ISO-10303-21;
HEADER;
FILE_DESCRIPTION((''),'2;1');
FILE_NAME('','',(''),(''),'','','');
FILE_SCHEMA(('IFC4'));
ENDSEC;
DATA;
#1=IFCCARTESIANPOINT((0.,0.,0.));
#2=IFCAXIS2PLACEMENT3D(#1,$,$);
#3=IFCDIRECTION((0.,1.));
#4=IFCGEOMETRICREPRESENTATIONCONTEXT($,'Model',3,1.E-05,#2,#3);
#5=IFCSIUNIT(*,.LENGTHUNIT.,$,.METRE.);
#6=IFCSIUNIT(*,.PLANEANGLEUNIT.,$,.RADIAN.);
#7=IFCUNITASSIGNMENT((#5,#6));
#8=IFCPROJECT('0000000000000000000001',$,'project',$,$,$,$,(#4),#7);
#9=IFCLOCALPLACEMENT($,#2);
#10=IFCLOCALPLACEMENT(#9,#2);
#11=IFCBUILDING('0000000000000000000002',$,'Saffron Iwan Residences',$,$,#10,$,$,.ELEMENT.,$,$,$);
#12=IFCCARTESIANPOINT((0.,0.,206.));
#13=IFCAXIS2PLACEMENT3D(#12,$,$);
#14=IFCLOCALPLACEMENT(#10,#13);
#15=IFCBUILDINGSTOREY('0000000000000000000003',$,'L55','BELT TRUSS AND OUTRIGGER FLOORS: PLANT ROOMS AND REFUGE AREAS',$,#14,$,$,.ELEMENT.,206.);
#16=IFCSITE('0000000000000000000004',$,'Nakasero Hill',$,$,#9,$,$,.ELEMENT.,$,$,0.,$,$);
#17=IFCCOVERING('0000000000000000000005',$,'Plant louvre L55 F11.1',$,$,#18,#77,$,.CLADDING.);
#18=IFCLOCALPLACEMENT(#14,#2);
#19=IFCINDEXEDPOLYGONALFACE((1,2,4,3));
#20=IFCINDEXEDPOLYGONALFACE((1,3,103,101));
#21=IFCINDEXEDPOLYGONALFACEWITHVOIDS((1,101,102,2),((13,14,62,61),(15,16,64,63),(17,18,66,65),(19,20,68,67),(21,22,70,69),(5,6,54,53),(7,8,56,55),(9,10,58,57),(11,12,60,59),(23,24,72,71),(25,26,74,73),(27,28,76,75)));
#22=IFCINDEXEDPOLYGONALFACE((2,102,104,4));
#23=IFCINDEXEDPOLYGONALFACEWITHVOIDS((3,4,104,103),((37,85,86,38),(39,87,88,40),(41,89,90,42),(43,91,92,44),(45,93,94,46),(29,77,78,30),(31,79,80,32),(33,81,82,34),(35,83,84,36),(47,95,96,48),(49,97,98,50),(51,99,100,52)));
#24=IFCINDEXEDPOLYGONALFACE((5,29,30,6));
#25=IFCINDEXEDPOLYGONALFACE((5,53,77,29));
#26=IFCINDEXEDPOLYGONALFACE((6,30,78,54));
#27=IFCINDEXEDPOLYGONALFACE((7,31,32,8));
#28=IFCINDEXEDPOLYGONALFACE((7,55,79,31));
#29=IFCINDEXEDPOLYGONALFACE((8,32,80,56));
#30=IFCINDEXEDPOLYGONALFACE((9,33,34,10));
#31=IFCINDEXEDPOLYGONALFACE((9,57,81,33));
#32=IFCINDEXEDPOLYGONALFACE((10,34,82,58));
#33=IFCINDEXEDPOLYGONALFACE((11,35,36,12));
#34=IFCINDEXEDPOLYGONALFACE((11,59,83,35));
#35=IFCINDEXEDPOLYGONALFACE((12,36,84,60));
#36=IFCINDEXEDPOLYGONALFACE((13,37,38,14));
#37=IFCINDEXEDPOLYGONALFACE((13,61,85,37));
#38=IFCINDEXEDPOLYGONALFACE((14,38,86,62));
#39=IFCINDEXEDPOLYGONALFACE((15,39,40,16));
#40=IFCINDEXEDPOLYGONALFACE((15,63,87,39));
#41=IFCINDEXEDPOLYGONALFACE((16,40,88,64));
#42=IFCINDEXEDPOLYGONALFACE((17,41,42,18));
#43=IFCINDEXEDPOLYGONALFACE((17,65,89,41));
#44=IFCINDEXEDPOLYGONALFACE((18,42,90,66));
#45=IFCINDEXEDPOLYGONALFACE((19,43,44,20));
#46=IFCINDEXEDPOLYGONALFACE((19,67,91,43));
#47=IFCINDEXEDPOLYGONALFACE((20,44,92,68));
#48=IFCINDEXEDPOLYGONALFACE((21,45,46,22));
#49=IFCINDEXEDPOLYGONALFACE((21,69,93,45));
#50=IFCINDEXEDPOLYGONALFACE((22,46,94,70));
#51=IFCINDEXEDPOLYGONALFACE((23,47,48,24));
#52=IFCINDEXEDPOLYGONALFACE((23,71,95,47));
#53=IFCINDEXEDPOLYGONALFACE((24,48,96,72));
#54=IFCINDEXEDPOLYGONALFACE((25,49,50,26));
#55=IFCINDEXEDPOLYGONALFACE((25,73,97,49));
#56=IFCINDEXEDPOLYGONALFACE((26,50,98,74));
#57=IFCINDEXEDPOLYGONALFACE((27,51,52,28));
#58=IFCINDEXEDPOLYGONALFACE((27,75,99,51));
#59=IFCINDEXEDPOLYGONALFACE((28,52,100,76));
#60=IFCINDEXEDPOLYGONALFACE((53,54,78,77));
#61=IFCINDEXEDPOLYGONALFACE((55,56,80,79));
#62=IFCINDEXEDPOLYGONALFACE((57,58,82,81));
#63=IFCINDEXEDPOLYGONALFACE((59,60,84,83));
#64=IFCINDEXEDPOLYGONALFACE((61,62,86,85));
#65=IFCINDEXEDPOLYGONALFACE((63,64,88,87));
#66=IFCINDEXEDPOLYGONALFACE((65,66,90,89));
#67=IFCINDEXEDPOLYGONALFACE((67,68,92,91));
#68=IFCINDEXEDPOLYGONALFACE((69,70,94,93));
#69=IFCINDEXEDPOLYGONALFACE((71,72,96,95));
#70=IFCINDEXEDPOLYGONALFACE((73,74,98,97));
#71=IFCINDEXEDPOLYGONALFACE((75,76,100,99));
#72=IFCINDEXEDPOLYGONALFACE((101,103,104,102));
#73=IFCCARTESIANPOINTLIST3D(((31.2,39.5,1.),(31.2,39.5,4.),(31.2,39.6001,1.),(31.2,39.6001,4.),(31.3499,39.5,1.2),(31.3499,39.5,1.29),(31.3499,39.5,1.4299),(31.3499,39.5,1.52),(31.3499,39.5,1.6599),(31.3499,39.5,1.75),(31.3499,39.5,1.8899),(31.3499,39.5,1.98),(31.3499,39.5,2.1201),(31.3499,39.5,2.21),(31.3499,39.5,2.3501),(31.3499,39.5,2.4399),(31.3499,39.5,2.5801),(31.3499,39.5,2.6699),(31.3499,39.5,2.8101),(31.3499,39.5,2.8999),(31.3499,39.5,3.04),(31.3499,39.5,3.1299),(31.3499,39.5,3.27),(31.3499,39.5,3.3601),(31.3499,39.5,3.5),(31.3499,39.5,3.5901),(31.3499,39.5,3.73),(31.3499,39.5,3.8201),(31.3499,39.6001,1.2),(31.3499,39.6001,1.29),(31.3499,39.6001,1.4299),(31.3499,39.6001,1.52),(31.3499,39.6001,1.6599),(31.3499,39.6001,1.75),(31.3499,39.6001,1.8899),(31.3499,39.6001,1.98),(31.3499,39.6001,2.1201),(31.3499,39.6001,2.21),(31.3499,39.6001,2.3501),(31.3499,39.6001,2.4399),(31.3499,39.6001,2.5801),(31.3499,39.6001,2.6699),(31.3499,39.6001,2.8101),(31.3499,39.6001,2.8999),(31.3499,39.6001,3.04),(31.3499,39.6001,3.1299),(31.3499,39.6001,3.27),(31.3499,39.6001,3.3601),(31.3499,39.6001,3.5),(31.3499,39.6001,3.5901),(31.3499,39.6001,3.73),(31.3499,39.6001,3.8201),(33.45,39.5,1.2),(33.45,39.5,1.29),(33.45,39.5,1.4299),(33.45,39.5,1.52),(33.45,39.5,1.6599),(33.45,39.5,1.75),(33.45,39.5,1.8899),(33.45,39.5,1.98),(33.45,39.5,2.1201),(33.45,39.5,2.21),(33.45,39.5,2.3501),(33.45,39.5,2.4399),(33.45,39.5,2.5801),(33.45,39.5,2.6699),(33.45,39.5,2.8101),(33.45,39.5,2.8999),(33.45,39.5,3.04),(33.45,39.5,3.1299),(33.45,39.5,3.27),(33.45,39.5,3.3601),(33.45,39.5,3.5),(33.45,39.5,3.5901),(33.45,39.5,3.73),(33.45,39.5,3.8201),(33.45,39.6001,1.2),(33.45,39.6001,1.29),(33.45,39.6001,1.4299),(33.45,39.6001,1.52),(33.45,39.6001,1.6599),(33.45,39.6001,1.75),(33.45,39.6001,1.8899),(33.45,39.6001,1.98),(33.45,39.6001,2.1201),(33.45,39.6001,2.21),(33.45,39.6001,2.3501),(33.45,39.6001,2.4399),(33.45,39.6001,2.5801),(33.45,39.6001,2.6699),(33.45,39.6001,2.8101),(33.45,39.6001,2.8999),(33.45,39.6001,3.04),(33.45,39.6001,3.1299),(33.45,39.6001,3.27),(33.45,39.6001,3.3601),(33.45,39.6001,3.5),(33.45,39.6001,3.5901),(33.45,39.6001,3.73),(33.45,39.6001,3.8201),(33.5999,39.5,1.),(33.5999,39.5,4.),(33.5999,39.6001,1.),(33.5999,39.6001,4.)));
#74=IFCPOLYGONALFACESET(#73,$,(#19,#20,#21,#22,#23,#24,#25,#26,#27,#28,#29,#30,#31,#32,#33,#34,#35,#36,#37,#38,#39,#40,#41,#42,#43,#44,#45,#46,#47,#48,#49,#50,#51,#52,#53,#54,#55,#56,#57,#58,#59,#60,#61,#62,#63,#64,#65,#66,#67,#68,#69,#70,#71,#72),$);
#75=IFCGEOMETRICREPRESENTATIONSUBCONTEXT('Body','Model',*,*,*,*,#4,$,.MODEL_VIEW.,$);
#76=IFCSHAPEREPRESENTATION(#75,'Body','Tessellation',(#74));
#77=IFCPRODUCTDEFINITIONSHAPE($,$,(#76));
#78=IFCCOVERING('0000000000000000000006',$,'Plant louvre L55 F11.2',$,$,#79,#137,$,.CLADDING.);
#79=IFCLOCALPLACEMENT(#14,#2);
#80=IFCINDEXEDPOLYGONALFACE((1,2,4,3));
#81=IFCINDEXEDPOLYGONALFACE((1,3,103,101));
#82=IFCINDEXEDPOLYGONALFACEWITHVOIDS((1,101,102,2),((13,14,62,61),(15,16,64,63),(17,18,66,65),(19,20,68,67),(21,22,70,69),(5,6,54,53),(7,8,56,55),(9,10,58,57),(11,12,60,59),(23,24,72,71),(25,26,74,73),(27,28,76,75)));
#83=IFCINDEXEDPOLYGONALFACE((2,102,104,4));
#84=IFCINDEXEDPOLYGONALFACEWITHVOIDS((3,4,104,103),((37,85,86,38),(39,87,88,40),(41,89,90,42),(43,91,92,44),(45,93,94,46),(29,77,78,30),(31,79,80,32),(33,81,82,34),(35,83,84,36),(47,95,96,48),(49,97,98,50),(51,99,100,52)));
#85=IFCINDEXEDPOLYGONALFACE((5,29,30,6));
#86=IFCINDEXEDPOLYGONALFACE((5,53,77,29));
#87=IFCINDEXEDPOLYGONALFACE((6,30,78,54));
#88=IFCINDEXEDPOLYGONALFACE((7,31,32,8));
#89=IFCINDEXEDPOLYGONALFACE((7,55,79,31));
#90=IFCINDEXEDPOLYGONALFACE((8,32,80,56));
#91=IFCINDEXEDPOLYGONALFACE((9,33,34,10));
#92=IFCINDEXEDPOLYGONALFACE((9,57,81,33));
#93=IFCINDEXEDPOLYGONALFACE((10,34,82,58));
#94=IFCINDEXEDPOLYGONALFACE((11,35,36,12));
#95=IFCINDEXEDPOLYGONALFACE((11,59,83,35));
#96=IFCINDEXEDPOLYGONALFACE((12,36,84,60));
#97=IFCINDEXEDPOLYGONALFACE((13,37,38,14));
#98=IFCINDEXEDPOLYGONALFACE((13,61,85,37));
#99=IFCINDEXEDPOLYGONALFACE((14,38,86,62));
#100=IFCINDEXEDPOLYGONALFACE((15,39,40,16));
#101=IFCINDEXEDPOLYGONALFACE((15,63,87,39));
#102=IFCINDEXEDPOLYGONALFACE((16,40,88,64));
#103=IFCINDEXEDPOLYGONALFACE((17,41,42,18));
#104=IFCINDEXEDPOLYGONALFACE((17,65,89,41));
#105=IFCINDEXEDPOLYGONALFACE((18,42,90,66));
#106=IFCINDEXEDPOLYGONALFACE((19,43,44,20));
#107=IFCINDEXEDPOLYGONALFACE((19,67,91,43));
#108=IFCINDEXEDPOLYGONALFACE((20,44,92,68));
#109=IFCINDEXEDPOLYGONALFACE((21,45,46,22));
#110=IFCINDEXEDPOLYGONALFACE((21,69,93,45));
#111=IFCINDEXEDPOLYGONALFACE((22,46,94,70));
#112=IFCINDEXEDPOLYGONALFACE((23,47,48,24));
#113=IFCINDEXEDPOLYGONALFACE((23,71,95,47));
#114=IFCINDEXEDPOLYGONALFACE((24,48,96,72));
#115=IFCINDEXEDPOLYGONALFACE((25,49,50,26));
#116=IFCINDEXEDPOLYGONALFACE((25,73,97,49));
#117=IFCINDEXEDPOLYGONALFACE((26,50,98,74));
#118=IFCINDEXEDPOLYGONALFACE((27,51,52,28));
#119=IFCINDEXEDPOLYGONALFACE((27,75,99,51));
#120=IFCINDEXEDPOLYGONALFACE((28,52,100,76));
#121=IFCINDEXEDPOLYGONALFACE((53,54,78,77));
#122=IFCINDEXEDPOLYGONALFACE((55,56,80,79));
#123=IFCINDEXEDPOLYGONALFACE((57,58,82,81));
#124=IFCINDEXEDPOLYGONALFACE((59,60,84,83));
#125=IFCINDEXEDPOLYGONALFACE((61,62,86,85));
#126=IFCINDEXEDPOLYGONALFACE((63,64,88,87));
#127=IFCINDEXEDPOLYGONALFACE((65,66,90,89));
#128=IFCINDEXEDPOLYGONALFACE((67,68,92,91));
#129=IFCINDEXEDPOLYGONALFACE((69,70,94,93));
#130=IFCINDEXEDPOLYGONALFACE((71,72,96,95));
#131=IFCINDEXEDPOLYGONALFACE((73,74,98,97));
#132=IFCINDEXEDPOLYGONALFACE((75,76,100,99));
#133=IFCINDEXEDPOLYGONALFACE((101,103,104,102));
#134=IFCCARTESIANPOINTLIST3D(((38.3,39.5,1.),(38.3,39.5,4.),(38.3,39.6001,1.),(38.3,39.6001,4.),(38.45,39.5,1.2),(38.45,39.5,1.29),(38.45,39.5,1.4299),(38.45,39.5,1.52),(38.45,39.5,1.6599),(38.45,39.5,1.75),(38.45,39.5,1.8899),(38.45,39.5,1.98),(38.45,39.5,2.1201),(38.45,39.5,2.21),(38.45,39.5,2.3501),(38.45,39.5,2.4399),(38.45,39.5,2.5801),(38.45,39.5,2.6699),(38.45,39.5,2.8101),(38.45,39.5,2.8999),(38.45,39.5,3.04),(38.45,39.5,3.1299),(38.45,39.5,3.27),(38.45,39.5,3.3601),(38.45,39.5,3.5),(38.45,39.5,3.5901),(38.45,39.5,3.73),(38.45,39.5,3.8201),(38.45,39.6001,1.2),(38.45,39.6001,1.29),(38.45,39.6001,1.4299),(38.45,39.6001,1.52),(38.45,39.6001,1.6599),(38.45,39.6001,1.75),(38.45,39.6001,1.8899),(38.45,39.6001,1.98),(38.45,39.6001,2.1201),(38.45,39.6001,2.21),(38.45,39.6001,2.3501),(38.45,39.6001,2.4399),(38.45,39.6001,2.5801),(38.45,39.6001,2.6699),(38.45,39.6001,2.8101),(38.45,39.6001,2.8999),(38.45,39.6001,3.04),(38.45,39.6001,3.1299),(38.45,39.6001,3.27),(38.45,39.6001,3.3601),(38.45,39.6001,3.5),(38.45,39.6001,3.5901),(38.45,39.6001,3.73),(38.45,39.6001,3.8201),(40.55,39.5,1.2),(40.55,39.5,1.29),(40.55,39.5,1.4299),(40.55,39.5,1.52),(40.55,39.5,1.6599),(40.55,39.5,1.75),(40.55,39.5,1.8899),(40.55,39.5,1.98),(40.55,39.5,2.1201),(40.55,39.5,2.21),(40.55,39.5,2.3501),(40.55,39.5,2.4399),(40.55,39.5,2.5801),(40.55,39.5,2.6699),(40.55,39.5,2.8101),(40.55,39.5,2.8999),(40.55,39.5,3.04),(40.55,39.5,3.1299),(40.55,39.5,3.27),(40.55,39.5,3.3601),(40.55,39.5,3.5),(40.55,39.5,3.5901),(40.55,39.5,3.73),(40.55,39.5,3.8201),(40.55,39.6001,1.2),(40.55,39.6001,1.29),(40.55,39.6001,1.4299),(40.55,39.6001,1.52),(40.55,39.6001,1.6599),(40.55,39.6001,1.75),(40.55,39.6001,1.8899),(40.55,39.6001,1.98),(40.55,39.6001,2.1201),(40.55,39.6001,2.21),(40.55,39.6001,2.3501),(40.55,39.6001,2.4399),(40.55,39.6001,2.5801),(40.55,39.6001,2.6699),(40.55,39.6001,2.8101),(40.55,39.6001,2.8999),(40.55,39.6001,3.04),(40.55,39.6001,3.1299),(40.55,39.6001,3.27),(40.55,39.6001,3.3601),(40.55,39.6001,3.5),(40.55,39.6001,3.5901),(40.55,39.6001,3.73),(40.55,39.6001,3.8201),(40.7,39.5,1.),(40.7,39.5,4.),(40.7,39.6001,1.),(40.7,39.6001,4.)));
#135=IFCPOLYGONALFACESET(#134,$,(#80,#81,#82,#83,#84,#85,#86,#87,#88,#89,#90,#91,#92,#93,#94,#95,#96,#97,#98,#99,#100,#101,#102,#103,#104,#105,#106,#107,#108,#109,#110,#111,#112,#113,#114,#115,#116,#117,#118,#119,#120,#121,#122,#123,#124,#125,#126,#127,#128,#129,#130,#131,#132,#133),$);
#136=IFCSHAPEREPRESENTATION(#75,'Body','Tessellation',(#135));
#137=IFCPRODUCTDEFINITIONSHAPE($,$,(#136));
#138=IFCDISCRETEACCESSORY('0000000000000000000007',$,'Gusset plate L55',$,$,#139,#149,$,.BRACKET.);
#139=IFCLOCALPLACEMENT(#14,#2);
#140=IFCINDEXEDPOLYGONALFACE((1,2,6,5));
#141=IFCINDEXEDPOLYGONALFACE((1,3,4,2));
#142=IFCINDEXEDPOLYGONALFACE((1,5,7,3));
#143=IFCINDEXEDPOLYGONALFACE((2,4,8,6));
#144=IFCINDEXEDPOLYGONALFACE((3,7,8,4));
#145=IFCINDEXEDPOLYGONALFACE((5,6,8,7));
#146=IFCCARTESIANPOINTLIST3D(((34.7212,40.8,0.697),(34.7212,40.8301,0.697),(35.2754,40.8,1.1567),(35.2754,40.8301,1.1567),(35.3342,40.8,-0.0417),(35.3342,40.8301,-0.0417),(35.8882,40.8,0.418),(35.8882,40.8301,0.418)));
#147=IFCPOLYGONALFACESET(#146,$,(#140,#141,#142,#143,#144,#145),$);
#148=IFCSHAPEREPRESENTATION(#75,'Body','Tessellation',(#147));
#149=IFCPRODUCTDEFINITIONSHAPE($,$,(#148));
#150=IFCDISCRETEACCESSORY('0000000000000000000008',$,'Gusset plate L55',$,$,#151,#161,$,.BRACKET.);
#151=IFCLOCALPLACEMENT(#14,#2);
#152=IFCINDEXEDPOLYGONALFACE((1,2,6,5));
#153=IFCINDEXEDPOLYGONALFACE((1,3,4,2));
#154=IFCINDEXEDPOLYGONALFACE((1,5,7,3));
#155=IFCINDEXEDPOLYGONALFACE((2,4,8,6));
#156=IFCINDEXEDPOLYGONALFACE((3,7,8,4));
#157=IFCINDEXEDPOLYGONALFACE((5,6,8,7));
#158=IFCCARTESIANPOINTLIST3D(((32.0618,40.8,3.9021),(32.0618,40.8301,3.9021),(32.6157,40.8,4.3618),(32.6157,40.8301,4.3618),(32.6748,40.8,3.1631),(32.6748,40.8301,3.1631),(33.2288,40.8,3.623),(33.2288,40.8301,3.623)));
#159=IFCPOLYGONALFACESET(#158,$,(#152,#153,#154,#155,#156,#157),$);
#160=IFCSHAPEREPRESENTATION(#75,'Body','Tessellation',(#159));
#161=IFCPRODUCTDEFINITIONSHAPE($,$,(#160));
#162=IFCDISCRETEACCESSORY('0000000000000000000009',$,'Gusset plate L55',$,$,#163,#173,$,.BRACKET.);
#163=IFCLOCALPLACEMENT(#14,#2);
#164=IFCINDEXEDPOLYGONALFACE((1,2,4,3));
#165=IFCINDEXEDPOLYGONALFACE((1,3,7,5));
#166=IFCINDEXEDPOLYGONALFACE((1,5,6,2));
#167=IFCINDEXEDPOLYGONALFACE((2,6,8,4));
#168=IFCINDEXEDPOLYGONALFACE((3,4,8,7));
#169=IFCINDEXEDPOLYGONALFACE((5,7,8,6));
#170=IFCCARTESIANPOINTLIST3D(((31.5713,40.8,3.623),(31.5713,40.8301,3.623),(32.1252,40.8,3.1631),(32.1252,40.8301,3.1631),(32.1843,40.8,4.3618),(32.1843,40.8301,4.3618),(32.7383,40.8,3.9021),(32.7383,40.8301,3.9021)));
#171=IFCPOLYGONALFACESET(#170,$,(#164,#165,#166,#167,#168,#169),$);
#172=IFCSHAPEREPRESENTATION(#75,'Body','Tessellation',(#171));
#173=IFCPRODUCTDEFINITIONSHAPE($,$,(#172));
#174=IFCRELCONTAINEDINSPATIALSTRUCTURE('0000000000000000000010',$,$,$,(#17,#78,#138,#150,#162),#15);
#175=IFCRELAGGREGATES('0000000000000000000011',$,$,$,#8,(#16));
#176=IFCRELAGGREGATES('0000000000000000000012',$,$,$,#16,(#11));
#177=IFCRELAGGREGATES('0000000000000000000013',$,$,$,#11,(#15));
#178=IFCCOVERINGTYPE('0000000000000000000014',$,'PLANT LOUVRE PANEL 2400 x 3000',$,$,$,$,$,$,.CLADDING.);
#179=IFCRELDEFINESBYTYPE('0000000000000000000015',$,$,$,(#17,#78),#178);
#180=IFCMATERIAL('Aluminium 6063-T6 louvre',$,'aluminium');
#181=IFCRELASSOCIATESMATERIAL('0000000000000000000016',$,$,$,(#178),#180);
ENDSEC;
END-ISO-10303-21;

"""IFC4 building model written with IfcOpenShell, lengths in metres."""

from ifc_helpers import new_model, si_unit, direction, frame, origin, place, context, subcontext, project, spatial, polyline, outline, extrude, material, type_object, element, save


model = new_model("IFC4")

# Units and contexts
model_context = context("Model", 3, precision=1e-05, world=origin(), true_north=direction((0.0, 1.0)))
body_context = subcontext(model_context, "Body", "Model", "MODEL_VIEW")
ifc_project = project(units=[si_unit("LENGTHUNIT", "METRE"), si_unit("PLANEANGLEUNIT", "RADIAN")], contexts=[model_context])

# Site, building, storey
site_placement = place(None, origin())
site = spatial("IfcSite", under=ifc_project, at=site_placement, Name="Nakasero Hill", CompositionType="ELEMENT", RefElevation=0.0)
building_placement = place(site_placement, origin())
building = spatial("IfcBuilding", under=site, at=building_placement, Name="Saffron Iwan Residences", CompositionType="ELEMENT")
storey_placement = place(building_placement, frame((0.0, 0.0, 206.0)))
storey = spatial("IfcBuildingStorey", under=building, at=storey_placement, Name="L55", Description="BELT TRUSS AND OUTRIGGER FLOORS: PLANT ROOMS AND REFUGE AREAS", CompositionType="ELEMENT", Elevation=206.0)

# Coverings
ifc_material_1 = material(Name="Aluminium 6063-T6 louvre", Category="aluminium")
covering_type_1 = type_object("IfcCoveringType", Name="PLANT LOUVRE PANEL 2400 x 3000", PredefinedType="CLADDING", material=ifc_material_1)
covering_1_placement = place(storey_placement, frame((31.2, 39.6001, 1.0), z_axis=(0.0, -1.0, 0.0), x_axis=(1.0, 0.0, 0.0)))
element("IfcCovering", 1, at=covering_1_placement, inside=storey, type_object=covering_type_1, Name="Plant louvre L55 F11.1", PredefinedType="CLADDING", context=body_context, shape_type="SweptSolid", body=[
    extrude(outline(polyline([(0.0, 0.0), (2.3999, 0.0), (2.3999, 3.0), (0.0, 3.0), (0.0, 0.0)]), holes=[polyline([(0.1499, 0.2), (2.25, 0.2), (2.25, 0.29), (0.1499, 0.29), (0.1499, 0.2)]), polyline([(0.1499, 0.4299), (2.25, 0.4299), (2.25, 0.52), (0.1499, 0.52), (0.1499, 0.4299)]), polyline([(0.1499, 0.6599), (2.25, 0.6599), (2.25, 0.75), (0.1499, 0.75), (0.1499, 0.6599)]), polyline([(0.1499, 0.8899), (2.25, 0.8899), (2.25, 0.98), (0.1499, 0.98), (0.1499, 0.8899)]), polyline([(0.1499, 1.1201), (2.25, 1.1201), (2.25, 1.21), (0.1499, 1.21), (0.1499, 1.1201)]), polyline([(0.1499, 1.3501), (2.25, 1.3501), (2.25, 1.4399), (0.1499, 1.4399), (0.1499, 1.3501)]), polyline([(0.1499, 1.5801), (2.25, 1.5801), (2.25, 1.6699), (0.1499, 1.6699), (0.1499, 1.5801)]), polyline([(0.1499, 1.8101), (2.25, 1.8101), (2.25, 1.8999), (0.1499, 1.8999), (0.1499, 1.8101)]), polyline([(0.1499, 2.04), (2.25, 2.04), (2.25, 2.1299), (0.1499, 2.1299), (0.1499, 2.04)]), polyline([(0.1499, 2.27), (2.25, 2.27), (2.25, 2.3601), (0.1499, 2.3601), (0.1499, 2.27)]), polyline([(0.1499, 2.5), (2.25, 2.5), (2.25, 2.5901), (0.1499, 2.5901), (0.1499, 2.5)]), polyline([(0.1499, 2.73), (2.25, 2.73), (2.25, 2.8201), (0.1499, 2.8201), (0.1499, 2.73)])]), origin(), (0.0, 0.0, 1.0), 0.1001),
])
covering_2_placement = place(storey_placement, frame((38.3, 39.6001, 1.0), z_axis=(0.0, -1.0, 0.0), x_axis=(1.0, 0.0, 0.0)))
element("IfcCovering", 2, at=covering_2_placement, inside=storey, type_object=covering_type_1, Name="Plant louvre L55 F11.2", PredefinedType="CLADDING", context=body_context, shape_type="SweptSolid", body=[
    extrude(outline(polyline([(0.0, 0.0), (2.3999, 0.0), (2.3999, 3.0), (0.0, 3.0), (0.0, 0.0)]), holes=[polyline([(0.1499, 0.2), (2.25, 0.2), (2.25, 0.29), (0.1499, 0.29), (0.1499, 0.2)]), polyline([(0.1499, 0.4299), (2.25, 0.4299), (2.25, 0.52), (0.1499, 0.52), (0.1499, 0.4299)]), polyline([(0.1499, 0.6599), (2.25, 0.6599), (2.25, 0.75), (0.1499, 0.75), (0.1499, 0.6599)]), polyline([(0.1499, 0.8899), (2.25, 0.8899), (2.25, 0.98), (0.1499, 0.98), (0.1499, 0.8899)]), polyline([(0.1499, 1.1201), (2.25, 1.1201), (2.25, 1.21), (0.1499, 1.21), (0.1499, 1.1201)]), polyline([(0.1499, 1.3501), (2.25, 1.3501), (2.25, 1.4399), (0.1499, 1.4399), (0.1499, 1.3501)]), polyline([(0.1499, 1.5801), (2.25, 1.5801), (2.25, 1.6699), (0.1499, 1.6699), (0.1499, 1.5801)]), polyline([(0.1499, 1.8101), (2.25, 1.8101), (2.25, 1.8999), (0.1499, 1.8999), (0.1499, 1.8101)]), polyline([(0.1499, 2.04), (2.25, 2.04), (2.25, 2.1299), (0.1499, 2.1299), (0.1499, 2.04)]), polyline([(0.1499, 2.27), (2.25, 2.27), (2.25, 2.3601), (0.1499, 2.3601), (0.1499, 2.27)]), polyline([(0.1499, 2.5), (2.25, 2.5), (2.25, 2.5901), (0.1499, 2.5901), (0.1499, 2.5)]), polyline([(0.1499, 2.73), (2.25, 2.73), (2.25, 2.8201), (0.1499, 2.8201), (0.1499, 2.73)])]), origin(), (0.0, 0.0, 1.0), 0.1001),
])

# Discrete accessories
discrete_accessory_1_placement = place(storey_placement, frame((35.8882, 40.8, 0.418), z_axis=(0.0, -1.0, 0.0), x_axis=(-0.638431, 0.0, 0.769679)))
element("IfcDiscreteAccessory", 3, at=discrete_accessory_1_placement, inside=storey, Name="Gusset plate L55", PredefinedType="BRACKET", context=body_context, shape_type="SweptSolid", body=[
    extrude(outline(polyline([(0.0, 0.0), (0.9598, 0.0), (0.9598, 0.7201), (-0.0002, 0.7199), (0.0, 0.0)])), origin(), (0.0, 0.0, -1.0), 0.03),
])
discrete_accessory_2_placement = place(storey_placement, frame((32.0618, 40.8, 3.9021), z_axis=(0.0, -1.0, 0.0), x_axis=(0.638457, 0.0, -0.769657)))
element("IfcDiscreteAccessory", 4, at=discrete_accessory_2_placement, inside=storey, Name="Gusset plate L55", PredefinedType="BRACKET", context=body_context, shape_type="SweptSolid", body=[
    extrude(outline(polyline([(0.0, 0.0), (0.9602, 0.0), (0.9598, 0.72), (-0.0001, 0.7199), (0.0, 0.0)])), origin(), (0.0, 0.0, -1.0), 0.03),
])
discrete_accessory_3_placement = place(storey_placement, frame((32.1843, 40.8, 4.3618), z_axis=(0.0, -1.0, 0.0), x_axis=(-0.638582, 0.0, -0.769554)))
element("IfcDiscreteAccessory", 5, at=discrete_accessory_3_placement, inside=storey, Name="Gusset plate L55", PredefinedType="BRACKET", context=body_context, shape_type="SweptSolid", body=[
    extrude(outline(polyline([(0.0, 0.0), (0.96, 0.0), (0.9602, 0.72), (0.0, 0.7199), (0.0, 0.0)])), origin(), (0.0, 0.0, -1.0), 0.03),
])

save(model, "model.ifc")
